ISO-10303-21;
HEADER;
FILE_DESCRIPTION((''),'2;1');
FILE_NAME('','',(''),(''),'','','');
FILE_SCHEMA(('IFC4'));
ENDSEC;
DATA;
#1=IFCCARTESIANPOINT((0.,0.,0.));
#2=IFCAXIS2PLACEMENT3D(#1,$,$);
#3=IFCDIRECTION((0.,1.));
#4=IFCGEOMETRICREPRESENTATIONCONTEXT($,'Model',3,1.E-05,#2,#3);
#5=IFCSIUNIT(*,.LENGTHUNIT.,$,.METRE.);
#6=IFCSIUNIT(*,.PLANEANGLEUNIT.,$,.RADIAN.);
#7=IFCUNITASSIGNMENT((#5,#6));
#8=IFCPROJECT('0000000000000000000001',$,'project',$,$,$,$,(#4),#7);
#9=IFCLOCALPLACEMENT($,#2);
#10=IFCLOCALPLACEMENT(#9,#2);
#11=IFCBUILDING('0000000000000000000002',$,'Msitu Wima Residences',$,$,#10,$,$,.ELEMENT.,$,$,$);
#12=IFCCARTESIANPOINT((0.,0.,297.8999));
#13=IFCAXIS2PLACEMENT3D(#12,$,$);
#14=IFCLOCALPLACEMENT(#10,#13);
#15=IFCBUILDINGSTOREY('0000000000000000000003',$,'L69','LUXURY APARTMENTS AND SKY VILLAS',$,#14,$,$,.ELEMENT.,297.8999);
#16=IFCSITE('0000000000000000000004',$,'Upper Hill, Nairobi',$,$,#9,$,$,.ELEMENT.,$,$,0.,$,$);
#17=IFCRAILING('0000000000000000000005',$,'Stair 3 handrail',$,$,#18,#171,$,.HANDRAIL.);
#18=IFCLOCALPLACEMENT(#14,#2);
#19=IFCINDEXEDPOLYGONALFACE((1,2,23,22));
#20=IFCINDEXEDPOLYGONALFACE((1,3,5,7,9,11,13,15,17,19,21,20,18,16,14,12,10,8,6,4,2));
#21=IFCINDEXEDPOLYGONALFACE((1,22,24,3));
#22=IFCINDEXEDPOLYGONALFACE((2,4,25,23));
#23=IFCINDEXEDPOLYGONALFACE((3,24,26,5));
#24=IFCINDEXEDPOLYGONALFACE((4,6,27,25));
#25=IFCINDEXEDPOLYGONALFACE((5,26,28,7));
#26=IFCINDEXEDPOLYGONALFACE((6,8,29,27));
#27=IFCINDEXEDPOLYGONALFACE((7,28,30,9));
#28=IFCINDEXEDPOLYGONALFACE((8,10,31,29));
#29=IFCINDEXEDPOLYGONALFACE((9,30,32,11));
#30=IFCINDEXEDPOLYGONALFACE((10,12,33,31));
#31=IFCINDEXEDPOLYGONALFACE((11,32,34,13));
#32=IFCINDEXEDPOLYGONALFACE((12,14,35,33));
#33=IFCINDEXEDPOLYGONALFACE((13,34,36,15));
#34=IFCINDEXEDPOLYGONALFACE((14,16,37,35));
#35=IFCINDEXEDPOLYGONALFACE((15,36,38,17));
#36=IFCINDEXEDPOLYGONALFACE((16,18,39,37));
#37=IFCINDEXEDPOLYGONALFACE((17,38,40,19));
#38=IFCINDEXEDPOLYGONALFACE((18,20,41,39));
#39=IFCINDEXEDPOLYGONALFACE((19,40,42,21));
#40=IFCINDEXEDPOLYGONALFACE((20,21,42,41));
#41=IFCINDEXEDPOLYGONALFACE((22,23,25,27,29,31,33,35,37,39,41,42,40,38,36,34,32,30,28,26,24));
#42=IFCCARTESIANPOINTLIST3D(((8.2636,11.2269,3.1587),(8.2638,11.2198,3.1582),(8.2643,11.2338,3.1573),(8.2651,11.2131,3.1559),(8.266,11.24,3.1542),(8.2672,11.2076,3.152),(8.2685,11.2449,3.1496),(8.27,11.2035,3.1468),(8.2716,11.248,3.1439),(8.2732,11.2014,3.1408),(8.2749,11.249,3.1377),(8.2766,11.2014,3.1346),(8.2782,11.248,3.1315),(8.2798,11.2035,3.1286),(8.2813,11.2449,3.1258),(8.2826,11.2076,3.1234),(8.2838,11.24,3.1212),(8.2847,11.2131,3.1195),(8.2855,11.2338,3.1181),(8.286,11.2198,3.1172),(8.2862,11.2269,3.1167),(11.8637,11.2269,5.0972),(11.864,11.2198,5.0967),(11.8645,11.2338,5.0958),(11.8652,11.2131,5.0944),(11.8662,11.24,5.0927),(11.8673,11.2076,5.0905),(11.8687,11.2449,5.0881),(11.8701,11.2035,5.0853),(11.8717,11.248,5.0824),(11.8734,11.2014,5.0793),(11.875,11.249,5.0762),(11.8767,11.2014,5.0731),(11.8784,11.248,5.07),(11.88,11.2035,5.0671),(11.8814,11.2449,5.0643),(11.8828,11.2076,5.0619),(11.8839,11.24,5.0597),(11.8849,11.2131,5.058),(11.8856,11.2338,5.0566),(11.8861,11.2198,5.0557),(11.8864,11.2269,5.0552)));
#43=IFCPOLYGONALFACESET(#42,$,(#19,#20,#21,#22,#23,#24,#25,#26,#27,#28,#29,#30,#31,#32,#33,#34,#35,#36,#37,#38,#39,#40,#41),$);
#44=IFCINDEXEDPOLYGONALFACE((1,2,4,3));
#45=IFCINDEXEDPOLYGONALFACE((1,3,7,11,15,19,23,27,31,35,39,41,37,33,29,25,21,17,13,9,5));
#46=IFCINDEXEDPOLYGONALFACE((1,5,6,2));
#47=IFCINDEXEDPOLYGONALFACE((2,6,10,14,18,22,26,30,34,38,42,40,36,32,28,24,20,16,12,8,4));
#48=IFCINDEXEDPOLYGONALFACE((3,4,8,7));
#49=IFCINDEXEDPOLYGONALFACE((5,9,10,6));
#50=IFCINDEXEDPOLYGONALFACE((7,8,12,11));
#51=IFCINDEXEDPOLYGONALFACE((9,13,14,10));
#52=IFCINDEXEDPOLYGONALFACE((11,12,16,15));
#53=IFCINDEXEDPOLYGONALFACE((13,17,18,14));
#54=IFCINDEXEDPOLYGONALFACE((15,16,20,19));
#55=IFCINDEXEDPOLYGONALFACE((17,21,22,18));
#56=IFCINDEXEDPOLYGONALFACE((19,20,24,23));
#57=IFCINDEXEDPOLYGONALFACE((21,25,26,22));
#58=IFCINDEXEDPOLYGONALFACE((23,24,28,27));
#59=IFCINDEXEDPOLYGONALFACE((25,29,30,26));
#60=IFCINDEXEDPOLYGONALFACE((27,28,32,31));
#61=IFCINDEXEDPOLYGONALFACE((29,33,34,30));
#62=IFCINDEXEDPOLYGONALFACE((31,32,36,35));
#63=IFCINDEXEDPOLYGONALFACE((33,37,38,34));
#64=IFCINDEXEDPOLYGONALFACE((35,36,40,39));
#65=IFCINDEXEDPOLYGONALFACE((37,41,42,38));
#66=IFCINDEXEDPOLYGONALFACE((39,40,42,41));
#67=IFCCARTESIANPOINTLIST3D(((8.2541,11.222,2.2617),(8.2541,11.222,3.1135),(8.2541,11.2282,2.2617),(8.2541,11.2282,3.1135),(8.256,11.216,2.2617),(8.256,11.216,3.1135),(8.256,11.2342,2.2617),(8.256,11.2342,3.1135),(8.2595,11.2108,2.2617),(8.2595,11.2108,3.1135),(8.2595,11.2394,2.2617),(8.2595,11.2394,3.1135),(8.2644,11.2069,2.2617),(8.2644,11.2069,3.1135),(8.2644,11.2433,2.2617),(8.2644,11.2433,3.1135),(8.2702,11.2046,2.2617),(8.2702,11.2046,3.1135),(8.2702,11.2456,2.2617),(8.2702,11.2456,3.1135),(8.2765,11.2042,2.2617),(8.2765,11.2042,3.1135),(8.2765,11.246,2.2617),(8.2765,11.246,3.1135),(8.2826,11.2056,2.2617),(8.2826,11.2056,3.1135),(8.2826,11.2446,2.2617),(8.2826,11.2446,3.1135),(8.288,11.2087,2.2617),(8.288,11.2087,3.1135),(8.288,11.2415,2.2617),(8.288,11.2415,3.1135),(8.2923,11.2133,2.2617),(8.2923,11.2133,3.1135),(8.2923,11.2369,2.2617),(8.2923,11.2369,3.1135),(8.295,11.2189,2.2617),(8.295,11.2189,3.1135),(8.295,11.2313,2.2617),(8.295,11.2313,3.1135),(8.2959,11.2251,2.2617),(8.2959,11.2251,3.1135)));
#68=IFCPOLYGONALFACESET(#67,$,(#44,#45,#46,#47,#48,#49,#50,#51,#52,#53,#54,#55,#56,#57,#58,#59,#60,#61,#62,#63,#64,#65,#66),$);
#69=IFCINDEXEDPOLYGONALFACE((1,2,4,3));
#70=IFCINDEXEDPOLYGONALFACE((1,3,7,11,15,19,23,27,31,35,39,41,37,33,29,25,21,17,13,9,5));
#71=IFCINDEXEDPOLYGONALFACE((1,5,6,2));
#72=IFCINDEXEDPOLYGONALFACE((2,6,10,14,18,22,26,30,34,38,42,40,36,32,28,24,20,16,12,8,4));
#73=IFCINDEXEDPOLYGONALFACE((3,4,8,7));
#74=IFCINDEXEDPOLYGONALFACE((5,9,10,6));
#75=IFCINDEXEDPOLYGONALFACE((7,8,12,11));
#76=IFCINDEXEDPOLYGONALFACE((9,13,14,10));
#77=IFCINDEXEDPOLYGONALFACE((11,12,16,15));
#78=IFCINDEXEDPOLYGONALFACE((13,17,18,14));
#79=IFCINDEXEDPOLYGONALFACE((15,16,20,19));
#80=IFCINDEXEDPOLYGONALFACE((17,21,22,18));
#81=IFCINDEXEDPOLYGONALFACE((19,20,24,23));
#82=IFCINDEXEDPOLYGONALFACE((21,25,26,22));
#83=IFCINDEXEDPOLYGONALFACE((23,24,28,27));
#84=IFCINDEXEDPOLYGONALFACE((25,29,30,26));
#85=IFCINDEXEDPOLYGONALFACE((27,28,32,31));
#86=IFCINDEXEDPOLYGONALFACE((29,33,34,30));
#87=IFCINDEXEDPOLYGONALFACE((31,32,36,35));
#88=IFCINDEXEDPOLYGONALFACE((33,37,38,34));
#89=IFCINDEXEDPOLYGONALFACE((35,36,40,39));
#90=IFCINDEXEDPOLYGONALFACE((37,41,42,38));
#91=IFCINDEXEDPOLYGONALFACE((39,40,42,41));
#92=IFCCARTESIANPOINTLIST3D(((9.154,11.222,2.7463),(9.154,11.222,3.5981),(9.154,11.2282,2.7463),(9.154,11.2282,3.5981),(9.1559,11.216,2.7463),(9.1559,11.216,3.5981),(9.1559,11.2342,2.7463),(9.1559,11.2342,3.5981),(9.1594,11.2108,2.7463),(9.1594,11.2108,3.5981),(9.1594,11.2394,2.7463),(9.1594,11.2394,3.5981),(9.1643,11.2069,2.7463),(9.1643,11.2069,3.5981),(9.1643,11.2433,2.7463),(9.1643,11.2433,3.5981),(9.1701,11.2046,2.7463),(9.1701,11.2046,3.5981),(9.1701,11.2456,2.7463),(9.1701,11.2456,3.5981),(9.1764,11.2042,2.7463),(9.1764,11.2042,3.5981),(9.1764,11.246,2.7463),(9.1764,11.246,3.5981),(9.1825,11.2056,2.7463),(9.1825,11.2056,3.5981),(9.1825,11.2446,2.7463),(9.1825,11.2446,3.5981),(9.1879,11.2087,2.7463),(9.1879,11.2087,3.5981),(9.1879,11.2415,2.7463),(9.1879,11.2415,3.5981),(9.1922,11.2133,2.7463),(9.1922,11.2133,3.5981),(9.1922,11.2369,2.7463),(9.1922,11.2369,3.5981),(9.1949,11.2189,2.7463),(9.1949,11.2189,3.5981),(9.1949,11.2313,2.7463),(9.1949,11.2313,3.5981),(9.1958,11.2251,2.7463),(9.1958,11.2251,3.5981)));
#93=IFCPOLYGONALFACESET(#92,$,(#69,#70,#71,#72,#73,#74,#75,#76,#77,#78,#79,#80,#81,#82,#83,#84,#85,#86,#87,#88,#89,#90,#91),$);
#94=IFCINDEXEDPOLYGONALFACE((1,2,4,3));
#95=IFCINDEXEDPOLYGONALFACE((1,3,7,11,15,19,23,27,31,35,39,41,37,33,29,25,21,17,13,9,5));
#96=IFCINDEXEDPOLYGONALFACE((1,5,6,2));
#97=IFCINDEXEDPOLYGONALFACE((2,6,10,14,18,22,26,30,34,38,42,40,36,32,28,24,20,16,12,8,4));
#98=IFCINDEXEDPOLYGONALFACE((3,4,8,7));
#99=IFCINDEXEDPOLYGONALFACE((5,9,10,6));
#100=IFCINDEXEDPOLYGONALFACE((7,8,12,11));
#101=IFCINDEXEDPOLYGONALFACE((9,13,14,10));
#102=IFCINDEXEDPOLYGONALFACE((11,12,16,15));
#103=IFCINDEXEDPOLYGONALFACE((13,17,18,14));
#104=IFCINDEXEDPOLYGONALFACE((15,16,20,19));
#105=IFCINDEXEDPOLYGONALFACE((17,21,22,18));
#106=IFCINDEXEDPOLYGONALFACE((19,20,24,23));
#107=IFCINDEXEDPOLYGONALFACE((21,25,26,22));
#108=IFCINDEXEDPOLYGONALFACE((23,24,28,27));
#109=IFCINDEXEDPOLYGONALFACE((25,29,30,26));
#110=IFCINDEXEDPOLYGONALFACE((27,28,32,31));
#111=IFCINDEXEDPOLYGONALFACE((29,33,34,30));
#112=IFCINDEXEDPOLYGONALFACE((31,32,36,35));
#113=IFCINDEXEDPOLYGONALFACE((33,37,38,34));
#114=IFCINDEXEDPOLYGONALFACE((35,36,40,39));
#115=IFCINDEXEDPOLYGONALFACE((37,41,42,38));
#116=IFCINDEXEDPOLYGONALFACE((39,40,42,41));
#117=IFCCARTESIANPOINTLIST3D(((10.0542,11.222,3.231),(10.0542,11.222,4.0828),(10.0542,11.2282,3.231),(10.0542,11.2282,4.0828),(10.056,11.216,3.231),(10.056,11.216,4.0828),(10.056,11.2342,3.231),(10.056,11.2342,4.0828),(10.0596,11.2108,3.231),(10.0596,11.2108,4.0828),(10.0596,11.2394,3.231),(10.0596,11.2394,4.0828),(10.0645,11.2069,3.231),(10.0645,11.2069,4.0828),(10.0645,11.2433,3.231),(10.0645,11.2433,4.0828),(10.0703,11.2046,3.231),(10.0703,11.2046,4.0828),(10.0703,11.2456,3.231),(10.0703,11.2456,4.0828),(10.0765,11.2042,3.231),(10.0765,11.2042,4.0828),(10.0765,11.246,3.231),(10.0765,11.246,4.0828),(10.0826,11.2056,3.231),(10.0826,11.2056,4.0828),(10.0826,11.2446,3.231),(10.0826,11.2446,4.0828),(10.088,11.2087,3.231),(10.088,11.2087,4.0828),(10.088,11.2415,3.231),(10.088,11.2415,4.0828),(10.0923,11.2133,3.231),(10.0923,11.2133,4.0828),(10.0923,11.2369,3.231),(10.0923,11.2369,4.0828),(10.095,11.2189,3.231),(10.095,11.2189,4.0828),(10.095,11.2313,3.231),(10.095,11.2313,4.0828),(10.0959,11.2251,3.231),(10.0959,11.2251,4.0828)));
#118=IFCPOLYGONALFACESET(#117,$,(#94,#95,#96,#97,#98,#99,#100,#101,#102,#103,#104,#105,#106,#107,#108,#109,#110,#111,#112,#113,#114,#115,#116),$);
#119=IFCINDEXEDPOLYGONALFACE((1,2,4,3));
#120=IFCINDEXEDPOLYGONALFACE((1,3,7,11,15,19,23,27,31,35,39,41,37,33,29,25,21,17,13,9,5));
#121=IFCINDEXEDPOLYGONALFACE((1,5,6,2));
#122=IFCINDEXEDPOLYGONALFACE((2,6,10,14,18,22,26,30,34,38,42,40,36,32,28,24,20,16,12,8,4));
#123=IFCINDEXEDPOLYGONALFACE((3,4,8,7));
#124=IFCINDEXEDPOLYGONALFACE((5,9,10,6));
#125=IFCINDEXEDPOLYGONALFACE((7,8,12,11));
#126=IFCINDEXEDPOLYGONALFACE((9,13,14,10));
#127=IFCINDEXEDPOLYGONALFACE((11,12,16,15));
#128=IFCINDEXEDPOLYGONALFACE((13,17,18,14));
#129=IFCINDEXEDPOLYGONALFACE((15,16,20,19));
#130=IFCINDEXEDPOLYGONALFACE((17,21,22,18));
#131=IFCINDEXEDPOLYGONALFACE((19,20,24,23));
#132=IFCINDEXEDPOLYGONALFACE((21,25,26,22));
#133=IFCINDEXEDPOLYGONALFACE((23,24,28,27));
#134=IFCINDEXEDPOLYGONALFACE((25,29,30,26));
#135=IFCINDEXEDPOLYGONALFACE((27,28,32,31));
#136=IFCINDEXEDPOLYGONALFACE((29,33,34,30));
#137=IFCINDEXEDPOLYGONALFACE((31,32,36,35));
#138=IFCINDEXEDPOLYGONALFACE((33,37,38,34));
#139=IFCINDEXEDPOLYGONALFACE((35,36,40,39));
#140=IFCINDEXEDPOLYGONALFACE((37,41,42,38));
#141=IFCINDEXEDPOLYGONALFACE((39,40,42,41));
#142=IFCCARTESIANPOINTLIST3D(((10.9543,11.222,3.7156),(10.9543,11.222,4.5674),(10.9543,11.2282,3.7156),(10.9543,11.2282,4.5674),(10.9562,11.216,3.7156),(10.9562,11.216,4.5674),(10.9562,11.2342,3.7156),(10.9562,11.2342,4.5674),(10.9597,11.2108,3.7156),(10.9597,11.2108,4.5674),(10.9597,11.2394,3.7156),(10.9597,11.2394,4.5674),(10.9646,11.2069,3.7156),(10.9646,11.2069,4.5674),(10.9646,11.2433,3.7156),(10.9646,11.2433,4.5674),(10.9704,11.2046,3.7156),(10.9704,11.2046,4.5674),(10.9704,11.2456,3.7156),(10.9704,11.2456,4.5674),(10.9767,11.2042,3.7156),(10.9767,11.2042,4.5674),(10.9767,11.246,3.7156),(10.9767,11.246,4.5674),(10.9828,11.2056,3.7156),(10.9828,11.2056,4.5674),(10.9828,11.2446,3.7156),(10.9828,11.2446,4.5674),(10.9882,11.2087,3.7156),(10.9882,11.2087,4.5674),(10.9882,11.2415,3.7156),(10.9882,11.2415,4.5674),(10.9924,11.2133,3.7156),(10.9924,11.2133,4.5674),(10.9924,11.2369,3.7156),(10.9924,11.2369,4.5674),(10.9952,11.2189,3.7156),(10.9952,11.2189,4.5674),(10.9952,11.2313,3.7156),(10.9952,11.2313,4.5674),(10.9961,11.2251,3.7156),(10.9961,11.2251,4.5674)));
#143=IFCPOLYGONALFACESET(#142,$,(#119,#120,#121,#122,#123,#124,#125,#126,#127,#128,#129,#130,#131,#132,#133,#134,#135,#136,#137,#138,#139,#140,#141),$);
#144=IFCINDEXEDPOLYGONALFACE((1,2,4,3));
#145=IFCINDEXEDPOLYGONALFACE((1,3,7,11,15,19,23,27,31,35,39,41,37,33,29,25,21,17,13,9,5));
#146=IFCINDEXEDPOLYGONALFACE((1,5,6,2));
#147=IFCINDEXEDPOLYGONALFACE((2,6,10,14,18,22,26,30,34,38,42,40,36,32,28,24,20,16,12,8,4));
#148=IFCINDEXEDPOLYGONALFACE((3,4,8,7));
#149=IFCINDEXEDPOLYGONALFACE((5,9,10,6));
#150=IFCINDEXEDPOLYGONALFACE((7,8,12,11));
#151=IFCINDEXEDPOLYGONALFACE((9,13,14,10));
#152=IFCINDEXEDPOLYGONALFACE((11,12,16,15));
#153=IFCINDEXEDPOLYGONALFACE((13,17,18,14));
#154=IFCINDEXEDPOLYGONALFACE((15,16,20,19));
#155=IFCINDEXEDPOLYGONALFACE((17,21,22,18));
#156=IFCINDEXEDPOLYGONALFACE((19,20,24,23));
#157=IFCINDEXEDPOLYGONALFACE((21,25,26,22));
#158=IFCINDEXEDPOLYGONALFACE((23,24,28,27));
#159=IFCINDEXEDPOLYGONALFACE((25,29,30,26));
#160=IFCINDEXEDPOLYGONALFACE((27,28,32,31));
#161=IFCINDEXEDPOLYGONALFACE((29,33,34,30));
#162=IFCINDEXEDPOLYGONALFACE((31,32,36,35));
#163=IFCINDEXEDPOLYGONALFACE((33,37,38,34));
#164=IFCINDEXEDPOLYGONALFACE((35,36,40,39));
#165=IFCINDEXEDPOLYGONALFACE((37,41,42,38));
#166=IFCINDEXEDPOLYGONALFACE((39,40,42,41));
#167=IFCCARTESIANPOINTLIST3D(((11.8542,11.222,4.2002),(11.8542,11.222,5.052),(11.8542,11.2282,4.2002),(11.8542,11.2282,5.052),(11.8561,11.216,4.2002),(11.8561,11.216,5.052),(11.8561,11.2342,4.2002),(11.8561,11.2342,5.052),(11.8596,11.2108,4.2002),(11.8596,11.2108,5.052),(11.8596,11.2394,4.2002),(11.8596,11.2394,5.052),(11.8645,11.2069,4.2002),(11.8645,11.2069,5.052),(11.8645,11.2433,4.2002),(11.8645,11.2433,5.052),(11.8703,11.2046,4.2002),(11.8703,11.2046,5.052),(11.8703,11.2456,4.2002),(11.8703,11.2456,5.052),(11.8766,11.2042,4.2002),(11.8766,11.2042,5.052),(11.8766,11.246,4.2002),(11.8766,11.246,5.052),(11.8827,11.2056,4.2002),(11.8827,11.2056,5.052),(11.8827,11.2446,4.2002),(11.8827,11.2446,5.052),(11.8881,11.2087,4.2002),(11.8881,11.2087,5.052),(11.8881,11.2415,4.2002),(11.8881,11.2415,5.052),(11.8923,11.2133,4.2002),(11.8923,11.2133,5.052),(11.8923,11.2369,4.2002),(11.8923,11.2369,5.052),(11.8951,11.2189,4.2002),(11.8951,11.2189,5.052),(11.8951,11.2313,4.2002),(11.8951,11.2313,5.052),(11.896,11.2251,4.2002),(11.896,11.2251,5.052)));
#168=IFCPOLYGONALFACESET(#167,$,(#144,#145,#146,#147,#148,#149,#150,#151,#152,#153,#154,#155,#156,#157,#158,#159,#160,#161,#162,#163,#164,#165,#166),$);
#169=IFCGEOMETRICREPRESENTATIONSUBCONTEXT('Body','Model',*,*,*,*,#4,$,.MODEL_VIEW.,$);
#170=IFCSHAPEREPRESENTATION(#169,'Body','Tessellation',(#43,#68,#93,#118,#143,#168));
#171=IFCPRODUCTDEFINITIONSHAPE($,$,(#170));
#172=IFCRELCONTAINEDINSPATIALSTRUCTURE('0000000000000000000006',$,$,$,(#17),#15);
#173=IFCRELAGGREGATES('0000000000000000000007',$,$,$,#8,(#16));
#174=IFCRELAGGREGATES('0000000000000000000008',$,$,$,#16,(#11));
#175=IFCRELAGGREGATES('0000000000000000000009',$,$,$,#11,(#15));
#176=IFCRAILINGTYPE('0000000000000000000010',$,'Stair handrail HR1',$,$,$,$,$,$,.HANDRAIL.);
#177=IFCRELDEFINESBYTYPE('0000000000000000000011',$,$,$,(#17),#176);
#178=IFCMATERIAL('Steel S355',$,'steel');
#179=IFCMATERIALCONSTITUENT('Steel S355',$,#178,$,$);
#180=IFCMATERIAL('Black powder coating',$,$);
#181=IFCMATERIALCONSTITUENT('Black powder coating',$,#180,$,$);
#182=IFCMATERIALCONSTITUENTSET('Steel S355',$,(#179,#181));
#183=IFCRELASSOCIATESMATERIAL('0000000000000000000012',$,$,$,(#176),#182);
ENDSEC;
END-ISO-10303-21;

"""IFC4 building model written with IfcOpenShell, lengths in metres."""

from ifc_helpers import new_model, si_unit, direction, frame, origin, origin_2d, place, context, subcontext, project, spatial, circle, extrude, material, constituent, constituent_set, type_object, element, save


model = new_model("IFC4")

# Units and contexts
model_context = context("Model", 3, precision=1e-05, world=origin(), true_north=direction((0.0, 1.0)))
body_context = subcontext(model_context, "Body", "Model", "MODEL_VIEW")
ifc_project = project(units=[si_unit("LENGTHUNIT", "METRE"), si_unit("PLANEANGLEUNIT", "RADIAN")], contexts=[model_context])

# Site, building, storey
site_placement = place(None, origin())
site = spatial("IfcSite", under=ifc_project, at=site_placement, Name="Upper Hill, Nairobi", CompositionType="ELEMENT", RefElevation=0.0)
building_placement = place(site_placement, origin())
building = spatial("IfcBuilding", under=site, at=building_placement, Name="Msitu Wima Residences", CompositionType="ELEMENT")
storey_placement = place(building_placement, frame((0.0, 0.0, 297.8999)))
storey = spatial("IfcBuildingStorey", under=building, at=storey_placement, Name="L69", Description="LUXURY APARTMENTS AND SKY VILLAS", CompositionType="ELEMENT", Elevation=297.8999)

# Railing
ifc_material_1 = material(Name="Steel S355", Category="steel")
ifc_constituent_1 = constituent(ifc_material_1, Name="Steel S355")
ifc_material_2 = material(Name="Black powder coating")
ifc_constituent_2 = constituent(ifc_material_2, Name="Black powder coating")
ifc_constituent_set = constituent_set(constituents=[ifc_constituent_1, ifc_constituent_2], Name="Steel S355")
railing_type = type_object("IfcRailingType", Name="Stair handrail HR1", PredefinedType="HANDRAIL", material=ifc_constituent_set)
for number, where, name in (
    (1, (8.2749, 11.2251, 2.2617), "Stair 3 handrail"),
):
    element("IfcRailing", number, at=place(storey_placement, frame(where)), inside=storey, type_object=railing_type, Name=name, PredefinedType="HANDRAIL", context=body_context, shape_type="SweptSolid", body=[
        extrude(circle(Radius=0.0239, at=origin_2d()), frame((0.0, 0.0, 0.876), z_axis=(0.880475, 0.0, 0.474093), x_axis=(0.0, 1.0, 0.0)), (0.0, 0.0, 1.0), 4.0889),
        extrude(circle(Radius=0.021, at=origin_2d()), origin(), (0.0, 0.0, 1.0), 0.8518),
        extrude(circle(Radius=0.021, at=origin_2d()), frame((0.8999, 0.0, 0.4846)), (0.0, 0.0, 1.0), 0.8518),
        extrude(circle(Radius=0.021, at=origin_2d()), frame((1.8, 0.0, 0.9692)), (0.0, 0.0, 1.0), 0.8518),
        extrude(circle(Radius=0.021, at=origin_2d()), frame((2.7002, 0.0, 1.4539)), (0.0, 0.0, 1.0), 0.8518),
        extrude(circle(Radius=0.021, at=origin_2d()), frame((3.6001, 0.0, 1.9385)), (0.0, 0.0, 1.0), 0.8518),
    ])

save(model, "model.ifc")
